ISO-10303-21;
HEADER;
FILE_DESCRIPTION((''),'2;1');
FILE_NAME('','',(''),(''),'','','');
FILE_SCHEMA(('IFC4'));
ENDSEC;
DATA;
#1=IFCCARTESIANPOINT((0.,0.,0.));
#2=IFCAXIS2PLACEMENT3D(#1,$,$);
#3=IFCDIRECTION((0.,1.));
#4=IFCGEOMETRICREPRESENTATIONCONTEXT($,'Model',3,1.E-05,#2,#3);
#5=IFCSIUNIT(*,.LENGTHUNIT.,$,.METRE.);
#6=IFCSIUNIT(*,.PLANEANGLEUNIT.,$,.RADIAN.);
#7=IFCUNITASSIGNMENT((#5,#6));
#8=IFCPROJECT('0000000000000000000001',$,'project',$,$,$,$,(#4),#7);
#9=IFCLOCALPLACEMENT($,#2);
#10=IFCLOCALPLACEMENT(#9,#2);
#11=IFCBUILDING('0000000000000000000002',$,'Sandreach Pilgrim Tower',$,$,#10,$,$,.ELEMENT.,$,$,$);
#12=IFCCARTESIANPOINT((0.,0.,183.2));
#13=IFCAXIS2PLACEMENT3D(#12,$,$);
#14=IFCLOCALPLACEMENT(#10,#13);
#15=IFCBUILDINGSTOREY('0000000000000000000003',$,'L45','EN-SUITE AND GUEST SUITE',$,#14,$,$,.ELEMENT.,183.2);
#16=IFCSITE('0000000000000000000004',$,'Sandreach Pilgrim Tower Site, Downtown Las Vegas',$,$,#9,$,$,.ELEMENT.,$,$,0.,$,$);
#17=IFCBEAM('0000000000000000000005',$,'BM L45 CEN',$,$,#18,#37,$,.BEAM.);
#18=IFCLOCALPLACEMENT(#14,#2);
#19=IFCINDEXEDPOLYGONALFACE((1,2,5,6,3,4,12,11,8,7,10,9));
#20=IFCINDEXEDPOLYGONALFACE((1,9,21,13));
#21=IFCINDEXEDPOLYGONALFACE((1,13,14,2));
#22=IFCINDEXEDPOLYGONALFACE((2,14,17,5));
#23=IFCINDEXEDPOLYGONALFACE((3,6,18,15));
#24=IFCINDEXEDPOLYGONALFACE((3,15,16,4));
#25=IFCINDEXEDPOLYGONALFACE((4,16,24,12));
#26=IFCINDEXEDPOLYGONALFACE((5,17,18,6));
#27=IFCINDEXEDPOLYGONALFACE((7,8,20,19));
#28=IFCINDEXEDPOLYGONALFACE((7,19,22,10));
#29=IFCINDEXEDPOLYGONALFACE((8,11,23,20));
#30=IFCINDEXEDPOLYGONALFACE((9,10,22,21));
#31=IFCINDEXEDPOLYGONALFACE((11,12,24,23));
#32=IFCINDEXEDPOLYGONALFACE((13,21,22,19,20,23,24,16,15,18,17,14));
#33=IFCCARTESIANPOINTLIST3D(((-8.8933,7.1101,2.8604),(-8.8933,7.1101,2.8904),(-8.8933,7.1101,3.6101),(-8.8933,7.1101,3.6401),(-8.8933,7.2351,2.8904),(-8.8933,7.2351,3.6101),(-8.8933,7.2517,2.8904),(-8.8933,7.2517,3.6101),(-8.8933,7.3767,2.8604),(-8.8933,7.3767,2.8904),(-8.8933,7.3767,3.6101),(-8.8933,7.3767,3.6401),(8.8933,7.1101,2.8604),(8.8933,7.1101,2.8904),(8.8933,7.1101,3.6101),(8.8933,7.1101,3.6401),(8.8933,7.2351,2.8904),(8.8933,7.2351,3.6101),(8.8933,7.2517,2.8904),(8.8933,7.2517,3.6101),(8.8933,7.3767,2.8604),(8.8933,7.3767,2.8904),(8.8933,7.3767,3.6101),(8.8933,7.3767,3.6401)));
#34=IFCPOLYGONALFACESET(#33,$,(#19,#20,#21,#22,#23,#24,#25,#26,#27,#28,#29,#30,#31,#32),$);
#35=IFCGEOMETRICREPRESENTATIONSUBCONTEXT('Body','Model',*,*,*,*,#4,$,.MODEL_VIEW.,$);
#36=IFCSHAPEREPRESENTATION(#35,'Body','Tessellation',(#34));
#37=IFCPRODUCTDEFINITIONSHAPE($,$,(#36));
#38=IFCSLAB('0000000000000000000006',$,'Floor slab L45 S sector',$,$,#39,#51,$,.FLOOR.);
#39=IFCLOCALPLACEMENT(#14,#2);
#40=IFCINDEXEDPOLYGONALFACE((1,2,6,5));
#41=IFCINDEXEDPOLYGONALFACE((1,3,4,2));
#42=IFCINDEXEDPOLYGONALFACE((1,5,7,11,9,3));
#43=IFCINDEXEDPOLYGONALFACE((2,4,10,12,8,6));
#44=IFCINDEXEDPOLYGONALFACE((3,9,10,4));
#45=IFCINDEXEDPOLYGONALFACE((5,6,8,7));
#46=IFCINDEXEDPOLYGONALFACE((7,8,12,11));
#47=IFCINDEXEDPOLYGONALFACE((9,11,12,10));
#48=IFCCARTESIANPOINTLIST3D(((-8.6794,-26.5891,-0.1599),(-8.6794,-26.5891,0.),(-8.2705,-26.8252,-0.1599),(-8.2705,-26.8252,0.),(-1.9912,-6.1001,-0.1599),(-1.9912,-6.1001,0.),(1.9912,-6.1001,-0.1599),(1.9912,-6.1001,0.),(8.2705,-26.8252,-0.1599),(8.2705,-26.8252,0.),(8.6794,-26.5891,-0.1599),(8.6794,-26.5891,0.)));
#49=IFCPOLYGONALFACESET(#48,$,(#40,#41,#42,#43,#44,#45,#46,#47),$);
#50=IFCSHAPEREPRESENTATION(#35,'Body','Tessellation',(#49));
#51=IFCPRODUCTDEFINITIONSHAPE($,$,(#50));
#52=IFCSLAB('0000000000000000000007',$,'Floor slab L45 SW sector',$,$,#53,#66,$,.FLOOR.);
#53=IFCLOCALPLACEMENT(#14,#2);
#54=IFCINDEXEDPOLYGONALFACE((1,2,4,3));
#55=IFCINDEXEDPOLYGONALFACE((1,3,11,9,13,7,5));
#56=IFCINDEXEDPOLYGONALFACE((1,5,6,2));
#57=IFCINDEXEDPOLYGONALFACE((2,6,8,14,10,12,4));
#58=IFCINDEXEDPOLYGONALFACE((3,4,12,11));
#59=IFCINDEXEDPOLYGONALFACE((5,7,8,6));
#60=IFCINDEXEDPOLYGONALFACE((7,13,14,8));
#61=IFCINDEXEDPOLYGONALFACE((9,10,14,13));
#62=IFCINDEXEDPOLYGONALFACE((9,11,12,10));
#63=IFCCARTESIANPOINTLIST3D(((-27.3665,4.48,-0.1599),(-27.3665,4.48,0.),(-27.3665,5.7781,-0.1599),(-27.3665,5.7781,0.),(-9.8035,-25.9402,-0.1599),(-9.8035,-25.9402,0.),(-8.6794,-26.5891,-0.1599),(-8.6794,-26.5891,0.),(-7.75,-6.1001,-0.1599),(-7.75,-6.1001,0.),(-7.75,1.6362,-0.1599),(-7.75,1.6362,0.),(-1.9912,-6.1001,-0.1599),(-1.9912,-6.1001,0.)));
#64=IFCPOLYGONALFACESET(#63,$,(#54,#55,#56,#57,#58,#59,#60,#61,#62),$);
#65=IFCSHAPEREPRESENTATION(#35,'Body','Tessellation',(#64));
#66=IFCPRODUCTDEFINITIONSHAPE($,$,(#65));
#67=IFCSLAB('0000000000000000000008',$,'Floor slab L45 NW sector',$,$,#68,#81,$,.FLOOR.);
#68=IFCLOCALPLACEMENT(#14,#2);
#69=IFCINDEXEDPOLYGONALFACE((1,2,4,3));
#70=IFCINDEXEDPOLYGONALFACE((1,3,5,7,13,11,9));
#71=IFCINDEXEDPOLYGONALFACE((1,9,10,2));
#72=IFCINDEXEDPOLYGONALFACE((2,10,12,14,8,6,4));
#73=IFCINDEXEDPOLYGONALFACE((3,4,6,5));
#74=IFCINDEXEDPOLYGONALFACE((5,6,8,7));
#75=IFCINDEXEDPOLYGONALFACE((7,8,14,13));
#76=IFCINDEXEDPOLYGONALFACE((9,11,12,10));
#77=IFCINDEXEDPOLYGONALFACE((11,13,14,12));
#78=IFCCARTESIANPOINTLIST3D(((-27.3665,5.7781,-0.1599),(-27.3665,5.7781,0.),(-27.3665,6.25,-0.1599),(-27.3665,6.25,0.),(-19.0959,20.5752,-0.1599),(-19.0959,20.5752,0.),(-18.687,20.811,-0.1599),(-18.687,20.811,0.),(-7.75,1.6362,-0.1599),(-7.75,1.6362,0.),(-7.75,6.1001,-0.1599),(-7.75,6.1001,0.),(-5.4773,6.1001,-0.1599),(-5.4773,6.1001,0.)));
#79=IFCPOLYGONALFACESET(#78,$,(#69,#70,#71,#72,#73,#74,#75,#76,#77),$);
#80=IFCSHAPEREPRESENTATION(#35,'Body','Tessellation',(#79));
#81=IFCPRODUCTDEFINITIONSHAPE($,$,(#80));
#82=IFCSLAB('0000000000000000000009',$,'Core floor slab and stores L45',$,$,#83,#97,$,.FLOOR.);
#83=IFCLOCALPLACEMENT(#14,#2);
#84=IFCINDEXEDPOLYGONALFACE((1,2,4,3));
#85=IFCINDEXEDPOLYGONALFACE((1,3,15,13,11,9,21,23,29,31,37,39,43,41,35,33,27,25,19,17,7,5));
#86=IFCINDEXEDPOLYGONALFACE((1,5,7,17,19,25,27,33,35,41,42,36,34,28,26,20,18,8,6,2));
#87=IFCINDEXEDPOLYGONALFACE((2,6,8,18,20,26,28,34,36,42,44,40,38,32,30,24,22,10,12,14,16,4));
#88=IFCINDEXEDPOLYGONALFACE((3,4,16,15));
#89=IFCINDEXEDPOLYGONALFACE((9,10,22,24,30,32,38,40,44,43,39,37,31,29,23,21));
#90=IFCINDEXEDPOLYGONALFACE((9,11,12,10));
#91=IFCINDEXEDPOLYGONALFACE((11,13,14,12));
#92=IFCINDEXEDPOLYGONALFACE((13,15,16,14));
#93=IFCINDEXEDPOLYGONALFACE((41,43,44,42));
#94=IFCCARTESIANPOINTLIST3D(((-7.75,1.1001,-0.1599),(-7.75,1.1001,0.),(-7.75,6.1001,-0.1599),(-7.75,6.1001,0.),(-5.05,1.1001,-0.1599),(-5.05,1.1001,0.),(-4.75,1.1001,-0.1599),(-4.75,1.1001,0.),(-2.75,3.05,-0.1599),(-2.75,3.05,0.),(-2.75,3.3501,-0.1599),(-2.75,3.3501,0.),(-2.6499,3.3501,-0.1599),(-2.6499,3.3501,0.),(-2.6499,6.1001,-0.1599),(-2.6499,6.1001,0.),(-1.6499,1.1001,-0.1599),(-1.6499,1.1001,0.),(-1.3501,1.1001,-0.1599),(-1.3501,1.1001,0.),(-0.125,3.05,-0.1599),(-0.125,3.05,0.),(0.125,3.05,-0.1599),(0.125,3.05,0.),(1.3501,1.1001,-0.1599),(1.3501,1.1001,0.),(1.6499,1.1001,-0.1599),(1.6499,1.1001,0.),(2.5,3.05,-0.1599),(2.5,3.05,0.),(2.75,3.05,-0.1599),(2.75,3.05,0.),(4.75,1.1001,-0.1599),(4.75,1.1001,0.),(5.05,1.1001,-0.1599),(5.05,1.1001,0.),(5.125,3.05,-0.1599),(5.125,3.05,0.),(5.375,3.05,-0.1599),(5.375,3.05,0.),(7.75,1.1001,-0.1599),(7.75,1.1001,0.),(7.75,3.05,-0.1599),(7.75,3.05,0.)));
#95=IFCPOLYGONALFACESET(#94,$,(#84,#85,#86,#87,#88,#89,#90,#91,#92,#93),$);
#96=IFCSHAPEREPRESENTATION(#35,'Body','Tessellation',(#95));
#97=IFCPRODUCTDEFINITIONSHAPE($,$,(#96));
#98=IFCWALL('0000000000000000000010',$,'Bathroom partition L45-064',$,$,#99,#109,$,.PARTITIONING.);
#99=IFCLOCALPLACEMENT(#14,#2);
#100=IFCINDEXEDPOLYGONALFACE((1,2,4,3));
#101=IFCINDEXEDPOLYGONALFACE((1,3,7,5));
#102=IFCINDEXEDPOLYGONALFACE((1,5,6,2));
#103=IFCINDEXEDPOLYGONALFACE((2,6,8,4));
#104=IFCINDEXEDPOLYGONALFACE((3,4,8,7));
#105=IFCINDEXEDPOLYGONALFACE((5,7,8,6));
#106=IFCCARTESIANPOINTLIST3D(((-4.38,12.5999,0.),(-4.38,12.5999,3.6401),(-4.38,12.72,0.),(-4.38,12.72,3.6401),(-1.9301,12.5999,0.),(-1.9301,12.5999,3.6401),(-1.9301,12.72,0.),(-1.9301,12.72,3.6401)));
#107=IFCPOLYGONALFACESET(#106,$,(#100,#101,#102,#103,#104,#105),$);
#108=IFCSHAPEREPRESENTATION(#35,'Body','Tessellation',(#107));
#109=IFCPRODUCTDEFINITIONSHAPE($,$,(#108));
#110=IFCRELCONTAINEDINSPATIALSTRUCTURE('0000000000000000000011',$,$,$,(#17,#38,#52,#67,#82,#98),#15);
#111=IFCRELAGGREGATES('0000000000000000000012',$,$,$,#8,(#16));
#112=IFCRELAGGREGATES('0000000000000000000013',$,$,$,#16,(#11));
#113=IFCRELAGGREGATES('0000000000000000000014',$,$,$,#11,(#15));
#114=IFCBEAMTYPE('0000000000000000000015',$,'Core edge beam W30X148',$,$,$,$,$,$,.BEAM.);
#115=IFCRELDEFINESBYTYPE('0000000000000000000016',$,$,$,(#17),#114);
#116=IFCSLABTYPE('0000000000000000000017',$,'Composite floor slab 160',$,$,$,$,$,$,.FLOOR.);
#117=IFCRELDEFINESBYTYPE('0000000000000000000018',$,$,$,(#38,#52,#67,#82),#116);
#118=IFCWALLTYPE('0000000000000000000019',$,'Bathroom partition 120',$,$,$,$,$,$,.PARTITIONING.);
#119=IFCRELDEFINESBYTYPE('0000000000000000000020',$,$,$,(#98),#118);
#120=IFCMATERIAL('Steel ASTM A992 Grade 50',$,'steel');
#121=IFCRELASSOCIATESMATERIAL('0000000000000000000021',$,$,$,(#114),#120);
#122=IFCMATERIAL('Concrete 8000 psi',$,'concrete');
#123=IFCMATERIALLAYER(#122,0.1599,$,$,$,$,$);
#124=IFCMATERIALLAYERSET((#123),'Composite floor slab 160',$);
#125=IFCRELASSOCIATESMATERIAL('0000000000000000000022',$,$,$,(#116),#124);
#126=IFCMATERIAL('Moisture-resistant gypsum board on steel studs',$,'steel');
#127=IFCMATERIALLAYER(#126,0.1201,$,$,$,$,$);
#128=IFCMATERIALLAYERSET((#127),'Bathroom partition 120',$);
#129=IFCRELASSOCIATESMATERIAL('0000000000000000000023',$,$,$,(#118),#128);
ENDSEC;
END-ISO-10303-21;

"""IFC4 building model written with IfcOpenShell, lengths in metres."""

from ifc_helpers import new_model, si_unit, direction, frame, frame_2d, origin, origin_2d, place, context, subcontext, project, spatial, polyline, rectangle, i_section, outline, extrude, material, layer, layer_set, material_profile, profile_set, type_object, element, save


model = new_model("IFC4")

# Units and contexts
model_context = context("Model", 3, precision=1e-05, world=origin(), true_north=direction((0.0, 1.0)))
body_context = subcontext(model_context, "Body", "Model", "MODEL_VIEW")
ifc_project = project(units=[si_unit("LENGTHUNIT", "METRE"), si_unit("PLANEANGLEUNIT", "RADIAN")], contexts=[model_context])

# Site, building, storey
site_placement = place(None, origin())
site = spatial("IfcSite", under=ifc_project, at=site_placement, Name="Sandreach Pilgrim Tower Site, Downtown Las Vegas", CompositionType="ELEMENT", RefElevation=0.0)
building_placement = place(site_placement, origin())
building = spatial("IfcBuilding", under=site, at=building_placement, Name="Sandreach Pilgrim Tower", CompositionType="ELEMENT")
storey_placement = place(building_placement, frame((0.0, 0.0, 183.2)))
storey = spatial("IfcBuildingStorey", under=building, at=storey_placement, Name="L45", Description="EN-SUITE AND GUEST SUITE", CompositionType="ELEMENT", Elevation=183.2)

# Beam
ifc_material_1 = material(Name="Steel ASTM A992 Grade 50", Category="steel")
ifc_material_profile = material_profile(ifc_material_1, i_section(OverallWidth=0.2666, OverallDepth=0.7798, WebThickness=0.0166, FlangeThickness=0.03, at=origin_2d()), Name="W30X148")
ifc_profile_set = profile_set([ifc_material_profile], Name="Steel ASTM A992 Grade 50")
beam_type = type_object("IfcBeamType", Name="Core edge beam W30X148", PredefinedType="BEAM", material=ifc_profile_set)
beam_placement = place(storey_placement, frame((-8.8933, 7.2434, 3.2502), z_axis=(1.0, 0.0, 0.0), x_axis=(0.0, 1.0, 0.0)))
element("IfcBeam", 1, at=beam_placement, inside=storey, type_object=beam_type, Name="BM L45 CEN", PredefinedType="BEAM", context=body_context, shape_type="SweptSolid", body=[
    extrude(i_section(OverallWidth=0.2666, OverallDepth=0.7798, WebThickness=0.0166, FlangeThickness=0.03, at=origin_2d()), origin(), (0.0, 0.0, 1.0), 17.7866),
])

# Slabs
ifc_material_2 = material(Name="Concrete 8000 psi", Category="concrete")
ifc_layer_1 = layer(ifc_material_2, 0.1599)
ifc_layer_set_1 = layer_set([ifc_layer_1], Name="Composite floor slab 160")
slab_type = type_object("IfcSlabType", Name="Composite floor slab 160", PredefinedType="FLOOR", material=ifc_layer_set_1)
slab_1_placement = place(storey_placement, frame((0.0, 0.0, -0.1599)))
element("IfcSlab", 2, at=slab_1_placement, inside=storey, type_object=slab_type, Name="Floor slab L45 S sector", PredefinedType="FLOOR", context=body_context, shape_type="SweptSolid", body=[
    extrude(outline(polyline([(8.2705, -26.8252), (-8.2705, -26.8252), (-8.6794, -26.5891), (-1.9912, -6.1001), (1.9912, -6.1001), (8.6794, -26.5891), (8.2705, -26.8252)])), origin(), (0.0, 0.0, 1.0), 0.1599),
])
slab_2_placement = place(storey_placement, frame((0.0, 0.0, -0.1599)))
element("IfcSlab", 3, at=slab_2_placement, inside=storey, type_object=slab_type, Name="Floor slab L45 SW sector", PredefinedType="FLOOR", context=body_context, shape_type="SweptSolid", body=[
    extrude(outline(polyline([(-9.8035, -25.9402), (-27.3665, 4.48), (-27.3665, 5.7781), (-7.75, 1.6362), (-7.75, -6.1001), (-1.9912, -6.1001), (-8.6794, -26.5891), (-9.8035, -25.9402)])), origin(), (0.0, 0.0, 1.0), 0.1599),
])
slab_3_placement = place(storey_placement, frame((0.0, 0.0, -0.1599)))
element("IfcSlab", 4, at=slab_3_placement, inside=storey, type_object=slab_type, Name="Floor slab L45 NW sector", PredefinedType="FLOOR", context=body_context, shape_type="SweptSolid", body=[
    extrude(outline(polyline([(-27.3665, 6.25), (-19.0959, 20.5752), (-18.687, 20.811), (-5.4773, 6.1001), (-7.75, 6.1001), (-7.75, 1.6362), (-27.3665, 5.7781), (-27.3665, 6.25)])), origin(), (0.0, 0.0, 1.0), 0.1599),
])
slab_4_placement = place(storey_placement, frame((0.0, 0.0, -0.1599)))
element("IfcSlab", 5, at=slab_4_placement, inside=storey, type_object=slab_type, Name="Core floor slab and stores L45", PredefinedType="FLOOR", context=body_context, shape_type="SweptSolid", body=[
    extrude(outline(polyline([(-2.75, 3.3501), (-2.75, 3.05), (-0.125, 3.05), (0.125, 3.05), (2.5, 3.05), (2.75, 3.05), (5.125, 3.05), (5.375, 3.05), (7.75, 3.05), (7.75, 1.1001), (5.05, 1.1001), (4.75, 1.1001), (1.6499, 1.1001), (1.3501, 1.1001), (-1.3501, 1.1001), (-1.6499, 1.1001), (-4.75, 1.1001), (-5.05, 1.1001), (-7.75, 1.1001), (-7.75, 6.1001), (-2.6499, 6.1001), (-2.6499, 3.3501), (-2.75, 3.3501)])), origin(), (0.0, 0.0, 1.0), 0.1599),
])

# Wall
ifc_material_3 = material(Name="Moisture-resistant gypsum board on steel studs", Category="steel")
ifc_layer_2 = layer(ifc_material_3, 0.1201)
ifc_layer_set_2 = layer_set([ifc_layer_2], Name="Bathroom partition 120")
wall_type_1 = type_object("IfcWallType", Name="Bathroom partition 120", PredefinedType="PARTITIONING", material=ifc_layer_set_2)
wall_1_placement = place(storey_placement, frame((-1.9299, 12.6599, 0.0), z_axis=(0.0, 0.0, 1.0), x_axis=(-1.0, 0.0, 0.0)))
element("IfcWall", 6, at=wall_1_placement, inside=storey, type_object=wall_type_1, Name="Bathroom partition L45-064", PredefinedType="PARTITIONING", context=body_context, shape_type="SweptSolid", body=[
    extrude(rectangle(XDim=2.45, YDim=0.1201, at=frame_2d((1.2251, 0.0))), origin(), (0.0, 0.0, 1.0), 3.6401),
])

save(model, "model.ifc")
